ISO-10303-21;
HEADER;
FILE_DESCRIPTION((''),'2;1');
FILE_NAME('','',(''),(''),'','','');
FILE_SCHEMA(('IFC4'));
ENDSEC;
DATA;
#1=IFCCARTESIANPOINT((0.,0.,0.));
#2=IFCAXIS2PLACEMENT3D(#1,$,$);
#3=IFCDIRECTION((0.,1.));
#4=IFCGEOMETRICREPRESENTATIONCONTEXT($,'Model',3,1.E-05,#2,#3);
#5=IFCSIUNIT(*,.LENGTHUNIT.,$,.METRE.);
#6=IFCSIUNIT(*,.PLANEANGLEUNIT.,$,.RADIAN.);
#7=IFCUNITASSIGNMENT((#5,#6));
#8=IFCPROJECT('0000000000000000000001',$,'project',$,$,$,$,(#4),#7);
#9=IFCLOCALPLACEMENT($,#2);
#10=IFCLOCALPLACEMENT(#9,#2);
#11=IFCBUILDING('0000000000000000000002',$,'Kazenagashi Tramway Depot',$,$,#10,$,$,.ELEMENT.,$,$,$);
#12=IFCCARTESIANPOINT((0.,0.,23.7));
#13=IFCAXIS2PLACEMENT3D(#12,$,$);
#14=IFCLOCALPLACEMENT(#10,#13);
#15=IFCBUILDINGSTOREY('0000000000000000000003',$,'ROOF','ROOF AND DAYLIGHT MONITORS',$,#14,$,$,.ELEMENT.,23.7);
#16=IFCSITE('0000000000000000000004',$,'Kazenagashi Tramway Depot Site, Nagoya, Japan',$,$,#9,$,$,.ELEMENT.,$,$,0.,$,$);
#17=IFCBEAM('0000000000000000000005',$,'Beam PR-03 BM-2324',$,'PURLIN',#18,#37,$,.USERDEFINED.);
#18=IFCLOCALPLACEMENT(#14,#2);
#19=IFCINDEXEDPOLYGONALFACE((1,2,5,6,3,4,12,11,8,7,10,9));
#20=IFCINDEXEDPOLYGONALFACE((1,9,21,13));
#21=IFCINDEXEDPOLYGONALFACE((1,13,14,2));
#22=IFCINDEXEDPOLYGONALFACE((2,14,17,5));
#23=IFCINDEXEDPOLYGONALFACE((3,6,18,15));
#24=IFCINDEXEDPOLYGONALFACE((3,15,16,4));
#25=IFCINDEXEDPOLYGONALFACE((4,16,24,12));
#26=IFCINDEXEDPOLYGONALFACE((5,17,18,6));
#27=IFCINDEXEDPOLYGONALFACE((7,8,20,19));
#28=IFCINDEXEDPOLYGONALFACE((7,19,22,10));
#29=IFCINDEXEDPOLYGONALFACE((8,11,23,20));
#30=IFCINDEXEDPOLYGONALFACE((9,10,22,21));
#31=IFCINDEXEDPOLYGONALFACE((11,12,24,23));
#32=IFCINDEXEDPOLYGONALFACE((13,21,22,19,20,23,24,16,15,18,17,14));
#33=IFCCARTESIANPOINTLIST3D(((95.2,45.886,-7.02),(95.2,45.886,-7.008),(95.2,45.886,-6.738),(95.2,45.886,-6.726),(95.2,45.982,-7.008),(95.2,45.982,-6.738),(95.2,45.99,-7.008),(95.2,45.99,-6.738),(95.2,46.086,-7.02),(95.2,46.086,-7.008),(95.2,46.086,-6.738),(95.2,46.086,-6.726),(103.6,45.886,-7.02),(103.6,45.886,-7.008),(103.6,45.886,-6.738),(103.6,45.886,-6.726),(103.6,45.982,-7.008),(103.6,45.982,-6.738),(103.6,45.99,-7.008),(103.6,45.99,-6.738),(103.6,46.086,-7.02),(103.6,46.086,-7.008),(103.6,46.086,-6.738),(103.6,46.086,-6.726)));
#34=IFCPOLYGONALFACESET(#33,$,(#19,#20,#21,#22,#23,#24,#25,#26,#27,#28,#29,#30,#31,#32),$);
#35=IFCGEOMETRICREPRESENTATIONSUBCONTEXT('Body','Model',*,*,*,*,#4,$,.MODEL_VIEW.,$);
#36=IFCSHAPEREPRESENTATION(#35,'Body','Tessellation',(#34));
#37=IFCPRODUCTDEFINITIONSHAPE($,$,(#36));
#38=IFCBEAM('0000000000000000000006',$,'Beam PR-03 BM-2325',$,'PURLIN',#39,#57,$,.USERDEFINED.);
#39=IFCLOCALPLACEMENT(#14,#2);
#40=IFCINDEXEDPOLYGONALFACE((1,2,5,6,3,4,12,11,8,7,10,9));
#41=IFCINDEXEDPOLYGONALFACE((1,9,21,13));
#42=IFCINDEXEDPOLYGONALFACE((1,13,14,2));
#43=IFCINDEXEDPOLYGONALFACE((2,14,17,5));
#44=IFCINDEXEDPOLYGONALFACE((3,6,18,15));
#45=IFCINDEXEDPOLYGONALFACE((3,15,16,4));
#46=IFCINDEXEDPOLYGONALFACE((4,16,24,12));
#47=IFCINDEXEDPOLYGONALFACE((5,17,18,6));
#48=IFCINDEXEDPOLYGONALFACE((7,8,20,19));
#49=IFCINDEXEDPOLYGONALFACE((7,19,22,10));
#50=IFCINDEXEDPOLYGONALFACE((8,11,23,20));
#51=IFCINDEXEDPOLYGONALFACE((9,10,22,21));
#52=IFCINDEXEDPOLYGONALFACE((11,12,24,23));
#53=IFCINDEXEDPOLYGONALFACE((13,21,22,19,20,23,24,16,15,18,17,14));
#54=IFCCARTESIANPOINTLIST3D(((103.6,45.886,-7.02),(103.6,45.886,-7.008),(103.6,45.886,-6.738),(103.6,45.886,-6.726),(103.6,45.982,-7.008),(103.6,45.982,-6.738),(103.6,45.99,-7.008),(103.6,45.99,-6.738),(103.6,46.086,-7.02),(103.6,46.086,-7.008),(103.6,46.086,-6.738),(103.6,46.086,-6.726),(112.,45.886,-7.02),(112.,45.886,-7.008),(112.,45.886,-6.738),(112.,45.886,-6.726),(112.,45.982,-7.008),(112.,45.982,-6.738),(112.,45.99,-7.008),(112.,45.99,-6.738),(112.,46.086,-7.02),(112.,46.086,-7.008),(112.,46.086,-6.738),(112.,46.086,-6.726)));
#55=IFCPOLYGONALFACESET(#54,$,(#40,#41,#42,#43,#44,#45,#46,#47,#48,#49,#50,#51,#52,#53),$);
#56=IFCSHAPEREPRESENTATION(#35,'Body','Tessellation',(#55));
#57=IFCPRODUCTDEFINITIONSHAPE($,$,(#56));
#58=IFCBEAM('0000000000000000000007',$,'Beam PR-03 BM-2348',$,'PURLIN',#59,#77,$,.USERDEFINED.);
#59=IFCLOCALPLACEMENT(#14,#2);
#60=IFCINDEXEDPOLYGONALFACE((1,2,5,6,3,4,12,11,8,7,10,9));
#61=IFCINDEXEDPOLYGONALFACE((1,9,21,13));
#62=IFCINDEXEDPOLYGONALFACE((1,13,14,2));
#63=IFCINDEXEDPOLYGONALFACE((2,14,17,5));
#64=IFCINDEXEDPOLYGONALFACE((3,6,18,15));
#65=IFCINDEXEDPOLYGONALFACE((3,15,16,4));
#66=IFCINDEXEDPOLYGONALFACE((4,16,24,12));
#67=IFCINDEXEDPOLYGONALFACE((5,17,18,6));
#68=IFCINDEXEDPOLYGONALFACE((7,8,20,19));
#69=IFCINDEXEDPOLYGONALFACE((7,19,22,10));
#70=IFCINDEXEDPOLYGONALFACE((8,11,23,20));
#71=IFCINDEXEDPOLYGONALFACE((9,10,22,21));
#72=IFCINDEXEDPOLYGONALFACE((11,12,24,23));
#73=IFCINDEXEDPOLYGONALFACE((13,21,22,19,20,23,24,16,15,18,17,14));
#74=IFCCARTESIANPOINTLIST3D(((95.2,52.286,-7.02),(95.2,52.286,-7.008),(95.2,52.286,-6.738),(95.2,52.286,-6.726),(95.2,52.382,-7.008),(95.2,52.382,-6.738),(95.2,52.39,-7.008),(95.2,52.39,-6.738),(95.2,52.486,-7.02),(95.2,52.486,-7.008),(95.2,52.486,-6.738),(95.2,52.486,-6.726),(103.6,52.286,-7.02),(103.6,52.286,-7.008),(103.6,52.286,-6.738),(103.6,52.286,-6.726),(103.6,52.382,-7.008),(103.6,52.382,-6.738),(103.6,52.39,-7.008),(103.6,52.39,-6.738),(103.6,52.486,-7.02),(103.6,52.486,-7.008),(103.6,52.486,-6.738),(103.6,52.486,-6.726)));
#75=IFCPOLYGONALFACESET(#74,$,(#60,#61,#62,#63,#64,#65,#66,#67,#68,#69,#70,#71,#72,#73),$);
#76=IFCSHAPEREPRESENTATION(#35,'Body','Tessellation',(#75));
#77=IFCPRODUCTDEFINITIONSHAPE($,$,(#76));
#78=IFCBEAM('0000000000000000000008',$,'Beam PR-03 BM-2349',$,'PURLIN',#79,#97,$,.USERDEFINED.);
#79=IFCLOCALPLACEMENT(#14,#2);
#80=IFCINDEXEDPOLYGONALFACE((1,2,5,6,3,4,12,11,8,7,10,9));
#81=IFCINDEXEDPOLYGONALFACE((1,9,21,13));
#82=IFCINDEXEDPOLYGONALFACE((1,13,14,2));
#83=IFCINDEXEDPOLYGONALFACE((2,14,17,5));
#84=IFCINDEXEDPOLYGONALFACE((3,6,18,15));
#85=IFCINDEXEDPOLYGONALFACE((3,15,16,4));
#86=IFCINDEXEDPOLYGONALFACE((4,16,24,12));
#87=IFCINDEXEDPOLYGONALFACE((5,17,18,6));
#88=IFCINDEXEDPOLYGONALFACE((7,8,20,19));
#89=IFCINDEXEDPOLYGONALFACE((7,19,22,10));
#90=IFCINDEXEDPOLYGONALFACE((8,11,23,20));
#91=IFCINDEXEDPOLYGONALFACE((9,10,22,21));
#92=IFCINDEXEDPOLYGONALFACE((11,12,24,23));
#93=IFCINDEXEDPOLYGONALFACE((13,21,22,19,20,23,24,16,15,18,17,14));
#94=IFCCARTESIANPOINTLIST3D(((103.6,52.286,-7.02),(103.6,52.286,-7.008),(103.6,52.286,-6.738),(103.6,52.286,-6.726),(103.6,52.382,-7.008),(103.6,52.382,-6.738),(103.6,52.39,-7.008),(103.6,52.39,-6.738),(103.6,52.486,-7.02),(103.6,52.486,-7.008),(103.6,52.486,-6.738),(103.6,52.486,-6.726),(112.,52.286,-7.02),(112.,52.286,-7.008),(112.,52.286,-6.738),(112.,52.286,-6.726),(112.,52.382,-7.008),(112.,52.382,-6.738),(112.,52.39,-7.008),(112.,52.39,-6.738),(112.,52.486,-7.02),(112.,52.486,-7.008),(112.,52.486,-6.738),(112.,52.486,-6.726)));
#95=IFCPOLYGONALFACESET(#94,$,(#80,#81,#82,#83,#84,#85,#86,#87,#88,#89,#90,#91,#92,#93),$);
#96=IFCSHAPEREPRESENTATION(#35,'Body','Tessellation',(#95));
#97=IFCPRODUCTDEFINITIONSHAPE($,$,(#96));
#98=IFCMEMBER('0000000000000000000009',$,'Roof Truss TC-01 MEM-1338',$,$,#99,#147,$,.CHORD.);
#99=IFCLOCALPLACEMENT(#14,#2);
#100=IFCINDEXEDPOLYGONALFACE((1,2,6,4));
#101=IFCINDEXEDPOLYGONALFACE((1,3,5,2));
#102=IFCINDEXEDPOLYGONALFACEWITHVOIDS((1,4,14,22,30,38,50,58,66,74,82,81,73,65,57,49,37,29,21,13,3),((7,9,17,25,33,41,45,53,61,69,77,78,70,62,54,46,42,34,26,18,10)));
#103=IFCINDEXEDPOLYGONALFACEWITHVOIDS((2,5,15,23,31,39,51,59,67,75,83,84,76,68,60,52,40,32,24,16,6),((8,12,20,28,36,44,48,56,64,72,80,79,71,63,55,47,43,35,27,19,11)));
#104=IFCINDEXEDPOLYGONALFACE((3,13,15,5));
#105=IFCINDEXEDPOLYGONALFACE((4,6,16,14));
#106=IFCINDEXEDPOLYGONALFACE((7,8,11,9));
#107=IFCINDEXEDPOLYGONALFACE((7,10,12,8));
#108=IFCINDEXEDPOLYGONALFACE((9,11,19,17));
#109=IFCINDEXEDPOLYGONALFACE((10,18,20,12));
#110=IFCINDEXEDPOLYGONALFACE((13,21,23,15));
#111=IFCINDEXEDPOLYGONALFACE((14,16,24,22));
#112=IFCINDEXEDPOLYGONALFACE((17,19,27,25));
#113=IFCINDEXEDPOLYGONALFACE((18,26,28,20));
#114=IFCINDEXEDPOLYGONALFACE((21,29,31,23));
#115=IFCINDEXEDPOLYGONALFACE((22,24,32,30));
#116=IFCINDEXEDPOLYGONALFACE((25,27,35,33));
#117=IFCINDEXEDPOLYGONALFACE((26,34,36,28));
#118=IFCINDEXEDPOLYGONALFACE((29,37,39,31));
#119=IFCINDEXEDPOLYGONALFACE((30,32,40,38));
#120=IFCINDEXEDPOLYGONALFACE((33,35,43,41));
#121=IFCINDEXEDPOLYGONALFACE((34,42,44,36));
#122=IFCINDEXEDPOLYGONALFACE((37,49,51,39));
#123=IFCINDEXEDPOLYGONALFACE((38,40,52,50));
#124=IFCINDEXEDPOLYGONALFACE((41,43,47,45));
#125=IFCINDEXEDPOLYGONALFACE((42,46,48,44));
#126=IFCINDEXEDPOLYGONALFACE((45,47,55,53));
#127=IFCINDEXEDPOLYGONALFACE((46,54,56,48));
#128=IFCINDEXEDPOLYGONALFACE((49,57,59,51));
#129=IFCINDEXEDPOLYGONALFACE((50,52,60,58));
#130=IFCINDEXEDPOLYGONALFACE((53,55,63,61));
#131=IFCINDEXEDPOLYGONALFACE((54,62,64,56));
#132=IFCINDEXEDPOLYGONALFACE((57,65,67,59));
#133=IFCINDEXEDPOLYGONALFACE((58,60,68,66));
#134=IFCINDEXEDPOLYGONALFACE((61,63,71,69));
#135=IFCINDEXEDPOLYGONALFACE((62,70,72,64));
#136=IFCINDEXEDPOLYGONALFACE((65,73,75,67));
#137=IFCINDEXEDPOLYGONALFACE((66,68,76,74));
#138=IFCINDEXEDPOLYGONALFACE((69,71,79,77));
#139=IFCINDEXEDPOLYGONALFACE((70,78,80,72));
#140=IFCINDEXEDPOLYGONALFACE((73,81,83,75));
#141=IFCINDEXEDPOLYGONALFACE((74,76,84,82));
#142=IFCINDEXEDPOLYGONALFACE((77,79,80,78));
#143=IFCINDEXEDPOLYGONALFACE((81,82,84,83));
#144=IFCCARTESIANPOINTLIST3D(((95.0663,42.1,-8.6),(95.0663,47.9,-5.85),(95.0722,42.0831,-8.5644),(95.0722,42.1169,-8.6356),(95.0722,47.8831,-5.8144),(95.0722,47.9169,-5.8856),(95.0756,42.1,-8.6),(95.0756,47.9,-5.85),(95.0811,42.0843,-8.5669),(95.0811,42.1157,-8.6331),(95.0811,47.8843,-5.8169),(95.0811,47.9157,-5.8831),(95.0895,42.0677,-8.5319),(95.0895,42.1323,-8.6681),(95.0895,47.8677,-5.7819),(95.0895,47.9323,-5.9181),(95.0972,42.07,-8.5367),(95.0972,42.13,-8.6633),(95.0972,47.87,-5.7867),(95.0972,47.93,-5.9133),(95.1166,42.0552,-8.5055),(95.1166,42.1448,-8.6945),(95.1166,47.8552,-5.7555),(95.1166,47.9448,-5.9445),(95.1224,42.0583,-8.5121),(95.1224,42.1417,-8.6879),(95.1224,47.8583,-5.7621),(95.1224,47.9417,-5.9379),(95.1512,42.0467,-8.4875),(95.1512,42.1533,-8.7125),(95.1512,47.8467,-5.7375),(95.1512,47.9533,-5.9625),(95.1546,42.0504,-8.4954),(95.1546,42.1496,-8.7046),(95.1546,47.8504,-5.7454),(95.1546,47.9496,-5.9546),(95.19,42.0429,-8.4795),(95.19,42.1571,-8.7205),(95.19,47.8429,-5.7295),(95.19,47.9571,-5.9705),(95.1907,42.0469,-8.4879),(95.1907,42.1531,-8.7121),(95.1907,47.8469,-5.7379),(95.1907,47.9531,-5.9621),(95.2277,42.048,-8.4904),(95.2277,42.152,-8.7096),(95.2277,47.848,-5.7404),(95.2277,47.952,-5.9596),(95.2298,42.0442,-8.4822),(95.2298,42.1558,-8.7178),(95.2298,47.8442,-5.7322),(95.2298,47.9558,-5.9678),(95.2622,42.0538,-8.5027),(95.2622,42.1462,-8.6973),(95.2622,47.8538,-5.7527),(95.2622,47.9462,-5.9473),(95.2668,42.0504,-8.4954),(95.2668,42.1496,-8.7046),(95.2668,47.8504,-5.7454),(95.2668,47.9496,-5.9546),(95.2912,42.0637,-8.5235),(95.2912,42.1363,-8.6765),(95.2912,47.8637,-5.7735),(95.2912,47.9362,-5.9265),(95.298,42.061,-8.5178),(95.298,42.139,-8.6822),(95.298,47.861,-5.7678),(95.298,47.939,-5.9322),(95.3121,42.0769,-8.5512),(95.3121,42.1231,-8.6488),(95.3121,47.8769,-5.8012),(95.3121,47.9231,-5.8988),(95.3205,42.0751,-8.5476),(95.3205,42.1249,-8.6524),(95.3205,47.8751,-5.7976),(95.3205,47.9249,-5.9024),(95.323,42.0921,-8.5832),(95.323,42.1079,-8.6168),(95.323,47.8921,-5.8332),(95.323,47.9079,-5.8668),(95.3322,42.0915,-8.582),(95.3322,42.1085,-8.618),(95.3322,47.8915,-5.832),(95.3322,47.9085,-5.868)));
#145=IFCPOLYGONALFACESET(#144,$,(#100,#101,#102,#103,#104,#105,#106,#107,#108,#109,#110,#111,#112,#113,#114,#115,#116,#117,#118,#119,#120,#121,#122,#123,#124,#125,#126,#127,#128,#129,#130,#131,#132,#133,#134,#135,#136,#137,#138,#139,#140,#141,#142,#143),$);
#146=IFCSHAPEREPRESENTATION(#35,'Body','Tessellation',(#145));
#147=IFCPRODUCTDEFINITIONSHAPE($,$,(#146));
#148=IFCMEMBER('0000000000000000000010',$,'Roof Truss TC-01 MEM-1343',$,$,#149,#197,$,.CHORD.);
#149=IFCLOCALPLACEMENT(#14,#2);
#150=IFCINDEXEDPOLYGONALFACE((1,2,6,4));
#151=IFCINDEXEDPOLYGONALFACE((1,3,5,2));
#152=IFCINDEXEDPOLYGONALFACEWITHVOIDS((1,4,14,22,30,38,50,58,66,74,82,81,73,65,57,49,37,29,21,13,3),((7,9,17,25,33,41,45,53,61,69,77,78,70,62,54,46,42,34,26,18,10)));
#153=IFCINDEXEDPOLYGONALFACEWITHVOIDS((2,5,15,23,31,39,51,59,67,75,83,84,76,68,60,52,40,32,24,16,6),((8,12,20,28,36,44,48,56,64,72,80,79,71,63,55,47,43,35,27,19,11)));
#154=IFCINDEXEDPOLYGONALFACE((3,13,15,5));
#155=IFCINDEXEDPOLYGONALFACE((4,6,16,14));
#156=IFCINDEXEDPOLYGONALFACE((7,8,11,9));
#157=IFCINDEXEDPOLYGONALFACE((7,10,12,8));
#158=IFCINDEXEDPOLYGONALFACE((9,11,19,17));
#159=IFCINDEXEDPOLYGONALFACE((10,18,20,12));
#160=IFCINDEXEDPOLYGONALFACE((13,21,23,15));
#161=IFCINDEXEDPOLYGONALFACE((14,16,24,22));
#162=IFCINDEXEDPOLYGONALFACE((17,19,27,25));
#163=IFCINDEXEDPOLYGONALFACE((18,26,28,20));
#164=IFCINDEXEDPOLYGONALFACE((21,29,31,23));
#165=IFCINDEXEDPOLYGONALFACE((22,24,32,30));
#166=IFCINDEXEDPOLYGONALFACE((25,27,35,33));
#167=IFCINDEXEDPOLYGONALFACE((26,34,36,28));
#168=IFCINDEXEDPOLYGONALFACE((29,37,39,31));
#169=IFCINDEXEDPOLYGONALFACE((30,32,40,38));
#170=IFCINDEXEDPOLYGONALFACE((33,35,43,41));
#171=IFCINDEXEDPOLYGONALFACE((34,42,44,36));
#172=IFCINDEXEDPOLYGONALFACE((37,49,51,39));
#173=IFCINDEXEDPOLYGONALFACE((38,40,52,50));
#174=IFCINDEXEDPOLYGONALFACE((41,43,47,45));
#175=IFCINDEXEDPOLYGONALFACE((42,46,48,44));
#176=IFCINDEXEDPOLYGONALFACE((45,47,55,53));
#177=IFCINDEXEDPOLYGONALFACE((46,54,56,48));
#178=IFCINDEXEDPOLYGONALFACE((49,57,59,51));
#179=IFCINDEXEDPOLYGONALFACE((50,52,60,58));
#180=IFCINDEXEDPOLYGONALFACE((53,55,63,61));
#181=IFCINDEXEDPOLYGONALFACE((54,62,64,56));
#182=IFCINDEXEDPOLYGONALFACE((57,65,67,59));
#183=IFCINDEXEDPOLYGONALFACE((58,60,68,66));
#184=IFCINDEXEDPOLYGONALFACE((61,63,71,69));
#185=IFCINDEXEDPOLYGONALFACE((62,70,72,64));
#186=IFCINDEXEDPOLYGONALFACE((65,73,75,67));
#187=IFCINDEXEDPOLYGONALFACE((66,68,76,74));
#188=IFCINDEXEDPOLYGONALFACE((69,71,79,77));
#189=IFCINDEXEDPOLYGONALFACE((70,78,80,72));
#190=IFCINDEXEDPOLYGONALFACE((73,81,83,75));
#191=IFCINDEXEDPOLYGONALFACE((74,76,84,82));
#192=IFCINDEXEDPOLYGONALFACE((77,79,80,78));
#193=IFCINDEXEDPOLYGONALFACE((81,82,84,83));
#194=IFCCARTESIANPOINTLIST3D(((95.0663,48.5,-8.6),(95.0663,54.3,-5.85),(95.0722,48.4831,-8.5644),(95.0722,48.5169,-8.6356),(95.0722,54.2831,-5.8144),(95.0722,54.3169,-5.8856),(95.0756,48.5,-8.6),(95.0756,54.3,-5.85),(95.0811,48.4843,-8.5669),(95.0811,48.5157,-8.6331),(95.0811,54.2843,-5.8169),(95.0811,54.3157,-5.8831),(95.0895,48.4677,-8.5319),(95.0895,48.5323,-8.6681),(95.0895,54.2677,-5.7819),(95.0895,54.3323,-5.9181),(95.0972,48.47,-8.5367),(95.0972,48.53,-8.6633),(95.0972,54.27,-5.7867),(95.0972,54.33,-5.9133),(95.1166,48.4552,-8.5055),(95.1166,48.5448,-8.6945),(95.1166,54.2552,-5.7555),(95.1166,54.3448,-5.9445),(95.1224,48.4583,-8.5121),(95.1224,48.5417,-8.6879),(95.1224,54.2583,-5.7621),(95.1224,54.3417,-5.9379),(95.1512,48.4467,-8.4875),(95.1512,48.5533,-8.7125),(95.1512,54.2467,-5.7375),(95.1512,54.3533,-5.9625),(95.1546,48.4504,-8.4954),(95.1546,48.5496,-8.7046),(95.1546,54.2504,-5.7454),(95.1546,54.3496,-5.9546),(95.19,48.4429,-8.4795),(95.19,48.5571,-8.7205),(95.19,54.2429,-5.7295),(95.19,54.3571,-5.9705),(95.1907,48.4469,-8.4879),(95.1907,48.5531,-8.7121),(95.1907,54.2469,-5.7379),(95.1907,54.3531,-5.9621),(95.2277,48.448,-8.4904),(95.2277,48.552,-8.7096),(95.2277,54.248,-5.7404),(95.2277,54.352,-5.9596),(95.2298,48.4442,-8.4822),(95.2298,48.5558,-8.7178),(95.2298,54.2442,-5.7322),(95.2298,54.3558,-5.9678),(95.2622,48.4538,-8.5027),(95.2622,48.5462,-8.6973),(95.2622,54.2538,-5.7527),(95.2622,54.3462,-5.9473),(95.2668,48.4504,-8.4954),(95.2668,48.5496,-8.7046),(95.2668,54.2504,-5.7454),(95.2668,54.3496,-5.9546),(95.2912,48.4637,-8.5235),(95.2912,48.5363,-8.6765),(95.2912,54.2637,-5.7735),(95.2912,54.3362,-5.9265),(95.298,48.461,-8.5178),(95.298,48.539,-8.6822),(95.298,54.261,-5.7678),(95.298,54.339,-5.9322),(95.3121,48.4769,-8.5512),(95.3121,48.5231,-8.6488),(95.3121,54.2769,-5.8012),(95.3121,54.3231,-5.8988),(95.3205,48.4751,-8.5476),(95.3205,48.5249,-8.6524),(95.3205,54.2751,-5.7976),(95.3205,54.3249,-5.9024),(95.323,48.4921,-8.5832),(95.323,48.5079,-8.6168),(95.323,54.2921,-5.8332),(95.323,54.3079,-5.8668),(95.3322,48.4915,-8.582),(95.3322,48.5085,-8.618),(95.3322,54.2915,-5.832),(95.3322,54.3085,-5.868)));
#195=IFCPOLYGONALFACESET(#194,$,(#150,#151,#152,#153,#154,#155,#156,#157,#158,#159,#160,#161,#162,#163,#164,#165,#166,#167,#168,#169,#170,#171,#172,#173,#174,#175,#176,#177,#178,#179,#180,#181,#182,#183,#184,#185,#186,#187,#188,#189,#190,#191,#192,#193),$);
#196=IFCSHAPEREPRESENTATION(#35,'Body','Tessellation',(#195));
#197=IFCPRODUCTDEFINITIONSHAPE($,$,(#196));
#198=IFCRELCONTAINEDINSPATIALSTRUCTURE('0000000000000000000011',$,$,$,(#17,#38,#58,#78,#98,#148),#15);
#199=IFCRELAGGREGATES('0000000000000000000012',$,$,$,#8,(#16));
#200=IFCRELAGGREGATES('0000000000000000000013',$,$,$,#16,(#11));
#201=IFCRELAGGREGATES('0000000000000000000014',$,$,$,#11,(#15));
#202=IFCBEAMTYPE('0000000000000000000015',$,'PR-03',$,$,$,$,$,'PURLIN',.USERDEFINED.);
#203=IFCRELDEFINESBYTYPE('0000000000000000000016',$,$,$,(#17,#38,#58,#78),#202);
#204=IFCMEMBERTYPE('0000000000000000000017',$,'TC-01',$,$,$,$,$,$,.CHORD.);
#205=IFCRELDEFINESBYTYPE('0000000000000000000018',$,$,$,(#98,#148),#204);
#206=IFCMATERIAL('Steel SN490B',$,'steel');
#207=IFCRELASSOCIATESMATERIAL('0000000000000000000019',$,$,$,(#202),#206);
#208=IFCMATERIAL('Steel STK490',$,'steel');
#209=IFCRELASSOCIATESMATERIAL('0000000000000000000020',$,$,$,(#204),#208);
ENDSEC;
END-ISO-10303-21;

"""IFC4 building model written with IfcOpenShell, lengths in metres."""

from ifc_helpers import new_model, si_unit, direction, frame, origin, origin_2d, place, context, subcontext, project, spatial, hollow_circle, i_section, extrude, material, material_profile, profile_set, type_object, element, save


model = new_model("IFC4")

# Units and contexts
model_context = context("Model", 3, precision=1e-05, world=origin(), true_north=direction((0.0, 1.0)))
body_context = subcontext(model_context, "Body", "Model", "MODEL_VIEW")
ifc_project = project(units=[si_unit("LENGTHUNIT", "METRE"), si_unit("PLANEANGLEUNIT", "RADIAN")], contexts=[model_context])

# Site, building, storey
site_placement = place(None, origin())
site = spatial("IfcSite", under=ifc_project, at=site_placement, Name="Kazenagashi Tramway Depot Site, Nagoya, Japan", CompositionType="ELEMENT", RefElevation=0.0)
building_placement = place(site_placement, origin())
building = spatial("IfcBuilding", under=site, at=building_placement, Name="Kazenagashi Tramway Depot", CompositionType="ELEMENT")
storey_placement = place(building_placement, frame((0.0, 0.0, 23.7)))
storey = spatial("IfcBuildingStorey", under=building, at=storey_placement, Name="ROOF", Description="ROOF AND DAYLIGHT MONITORS", CompositionType="ELEMENT", Elevation=23.7)

# Beams
ifc_material_1 = material(Name="Steel SN490B", Category="steel")
ifc_material_profile_1 = material_profile(ifc_material_1, i_section(OverallWidth=0.2, OverallDepth=0.294, WebThickness=0.008, FlangeThickness=0.012, at=origin_2d()), Name="H-294x200x8x12")
ifc_profile_set_1 = profile_set([ifc_material_profile_1], Name="Steel SN490B")
beam_type_1 = type_object("IfcBeamType", Name="PR-03", ElementType="PURLIN", PredefinedType="USERDEFINED", material=ifc_profile_set_1)
for number, where, z_axis, x_axis, name in (
    (1, (95.2, 45.986, -6.873), (1.0, 0.0, 0.0), (0.0, 1.0, 0.0), "Beam PR-03 BM-2324"),
    (2, (103.6, 45.986, -6.873), (1.0, 0.0, 0.0), (0.0, 1.0, 0.0), "Beam PR-03 BM-2325"),
    (3, (95.2, 52.386, -6.873), (1.0, 0.0, 0.0), (0.0, 1.0, 0.0), "Beam PR-03 BM-2348"),
    (4, (103.6, 52.386, -6.873), (1.0, 0.0, 0.0), (0.0, 1.0, 0.0), "Beam PR-03 BM-2349"),
):
    element("IfcBeam", number, at=place(storey_placement, frame(where, z_axis=z_axis, x_axis=x_axis)), inside=storey, type_object=beam_type_1, Name=name, ObjectType="PURLIN", PredefinedType="USERDEFINED", context=body_context, shape_type="SweptSolid", body=[
        extrude(i_section(OverallWidth=0.2, OverallDepth=0.294, WebThickness=0.008, FlangeThickness=0.012, at=origin_2d()), origin(), (0.0, 0.0, 1.0), 8.4),
    ])

# Members
ifc_material_2 = material(Name="Steel STK490", Category="steel")
ifc_material_profile_2 = material_profile(ifc_material_2, hollow_circle(Radius=0.1337, WallThickness=0.0093, at=origin_2d()), Name="CHS-267.4x9.3")
ifc_profile_set_2 = profile_set([ifc_material_profile_2], Name="Steel STK490")
member_type_1 = type_object("IfcMemberType", Name="TC-01", PredefinedType="CHORD", material=ifc_profile_set_2)
for number, where, z_axis, x_axis, name in (
    (5, (95.2, 42.1, -8.6), (0.0, 0.903579, 0.428421), (-1.0, 0.0, 0.0), "Roof Truss TC-01 MEM-1338"),
    (6, (95.2, 48.5, -8.6), (0.0, 0.903579, 0.428421), (-1.0, 0.0, 0.0), "Roof Truss TC-01 MEM-1343"),
):
    element("IfcMember", number, at=place(storey_placement, frame(where, z_axis=z_axis, x_axis=x_axis)), inside=storey, type_object=member_type_1, Name=name, PredefinedType="CHORD", context=body_context, shape_type="SweptSolid", body=[
        extrude(hollow_circle(Radius=0.1337, WallThickness=0.0093, at=origin_2d()), origin(), (0.0, 0.0, 1.0), 6.4189),
    ])

save(model, "model.ifc")
